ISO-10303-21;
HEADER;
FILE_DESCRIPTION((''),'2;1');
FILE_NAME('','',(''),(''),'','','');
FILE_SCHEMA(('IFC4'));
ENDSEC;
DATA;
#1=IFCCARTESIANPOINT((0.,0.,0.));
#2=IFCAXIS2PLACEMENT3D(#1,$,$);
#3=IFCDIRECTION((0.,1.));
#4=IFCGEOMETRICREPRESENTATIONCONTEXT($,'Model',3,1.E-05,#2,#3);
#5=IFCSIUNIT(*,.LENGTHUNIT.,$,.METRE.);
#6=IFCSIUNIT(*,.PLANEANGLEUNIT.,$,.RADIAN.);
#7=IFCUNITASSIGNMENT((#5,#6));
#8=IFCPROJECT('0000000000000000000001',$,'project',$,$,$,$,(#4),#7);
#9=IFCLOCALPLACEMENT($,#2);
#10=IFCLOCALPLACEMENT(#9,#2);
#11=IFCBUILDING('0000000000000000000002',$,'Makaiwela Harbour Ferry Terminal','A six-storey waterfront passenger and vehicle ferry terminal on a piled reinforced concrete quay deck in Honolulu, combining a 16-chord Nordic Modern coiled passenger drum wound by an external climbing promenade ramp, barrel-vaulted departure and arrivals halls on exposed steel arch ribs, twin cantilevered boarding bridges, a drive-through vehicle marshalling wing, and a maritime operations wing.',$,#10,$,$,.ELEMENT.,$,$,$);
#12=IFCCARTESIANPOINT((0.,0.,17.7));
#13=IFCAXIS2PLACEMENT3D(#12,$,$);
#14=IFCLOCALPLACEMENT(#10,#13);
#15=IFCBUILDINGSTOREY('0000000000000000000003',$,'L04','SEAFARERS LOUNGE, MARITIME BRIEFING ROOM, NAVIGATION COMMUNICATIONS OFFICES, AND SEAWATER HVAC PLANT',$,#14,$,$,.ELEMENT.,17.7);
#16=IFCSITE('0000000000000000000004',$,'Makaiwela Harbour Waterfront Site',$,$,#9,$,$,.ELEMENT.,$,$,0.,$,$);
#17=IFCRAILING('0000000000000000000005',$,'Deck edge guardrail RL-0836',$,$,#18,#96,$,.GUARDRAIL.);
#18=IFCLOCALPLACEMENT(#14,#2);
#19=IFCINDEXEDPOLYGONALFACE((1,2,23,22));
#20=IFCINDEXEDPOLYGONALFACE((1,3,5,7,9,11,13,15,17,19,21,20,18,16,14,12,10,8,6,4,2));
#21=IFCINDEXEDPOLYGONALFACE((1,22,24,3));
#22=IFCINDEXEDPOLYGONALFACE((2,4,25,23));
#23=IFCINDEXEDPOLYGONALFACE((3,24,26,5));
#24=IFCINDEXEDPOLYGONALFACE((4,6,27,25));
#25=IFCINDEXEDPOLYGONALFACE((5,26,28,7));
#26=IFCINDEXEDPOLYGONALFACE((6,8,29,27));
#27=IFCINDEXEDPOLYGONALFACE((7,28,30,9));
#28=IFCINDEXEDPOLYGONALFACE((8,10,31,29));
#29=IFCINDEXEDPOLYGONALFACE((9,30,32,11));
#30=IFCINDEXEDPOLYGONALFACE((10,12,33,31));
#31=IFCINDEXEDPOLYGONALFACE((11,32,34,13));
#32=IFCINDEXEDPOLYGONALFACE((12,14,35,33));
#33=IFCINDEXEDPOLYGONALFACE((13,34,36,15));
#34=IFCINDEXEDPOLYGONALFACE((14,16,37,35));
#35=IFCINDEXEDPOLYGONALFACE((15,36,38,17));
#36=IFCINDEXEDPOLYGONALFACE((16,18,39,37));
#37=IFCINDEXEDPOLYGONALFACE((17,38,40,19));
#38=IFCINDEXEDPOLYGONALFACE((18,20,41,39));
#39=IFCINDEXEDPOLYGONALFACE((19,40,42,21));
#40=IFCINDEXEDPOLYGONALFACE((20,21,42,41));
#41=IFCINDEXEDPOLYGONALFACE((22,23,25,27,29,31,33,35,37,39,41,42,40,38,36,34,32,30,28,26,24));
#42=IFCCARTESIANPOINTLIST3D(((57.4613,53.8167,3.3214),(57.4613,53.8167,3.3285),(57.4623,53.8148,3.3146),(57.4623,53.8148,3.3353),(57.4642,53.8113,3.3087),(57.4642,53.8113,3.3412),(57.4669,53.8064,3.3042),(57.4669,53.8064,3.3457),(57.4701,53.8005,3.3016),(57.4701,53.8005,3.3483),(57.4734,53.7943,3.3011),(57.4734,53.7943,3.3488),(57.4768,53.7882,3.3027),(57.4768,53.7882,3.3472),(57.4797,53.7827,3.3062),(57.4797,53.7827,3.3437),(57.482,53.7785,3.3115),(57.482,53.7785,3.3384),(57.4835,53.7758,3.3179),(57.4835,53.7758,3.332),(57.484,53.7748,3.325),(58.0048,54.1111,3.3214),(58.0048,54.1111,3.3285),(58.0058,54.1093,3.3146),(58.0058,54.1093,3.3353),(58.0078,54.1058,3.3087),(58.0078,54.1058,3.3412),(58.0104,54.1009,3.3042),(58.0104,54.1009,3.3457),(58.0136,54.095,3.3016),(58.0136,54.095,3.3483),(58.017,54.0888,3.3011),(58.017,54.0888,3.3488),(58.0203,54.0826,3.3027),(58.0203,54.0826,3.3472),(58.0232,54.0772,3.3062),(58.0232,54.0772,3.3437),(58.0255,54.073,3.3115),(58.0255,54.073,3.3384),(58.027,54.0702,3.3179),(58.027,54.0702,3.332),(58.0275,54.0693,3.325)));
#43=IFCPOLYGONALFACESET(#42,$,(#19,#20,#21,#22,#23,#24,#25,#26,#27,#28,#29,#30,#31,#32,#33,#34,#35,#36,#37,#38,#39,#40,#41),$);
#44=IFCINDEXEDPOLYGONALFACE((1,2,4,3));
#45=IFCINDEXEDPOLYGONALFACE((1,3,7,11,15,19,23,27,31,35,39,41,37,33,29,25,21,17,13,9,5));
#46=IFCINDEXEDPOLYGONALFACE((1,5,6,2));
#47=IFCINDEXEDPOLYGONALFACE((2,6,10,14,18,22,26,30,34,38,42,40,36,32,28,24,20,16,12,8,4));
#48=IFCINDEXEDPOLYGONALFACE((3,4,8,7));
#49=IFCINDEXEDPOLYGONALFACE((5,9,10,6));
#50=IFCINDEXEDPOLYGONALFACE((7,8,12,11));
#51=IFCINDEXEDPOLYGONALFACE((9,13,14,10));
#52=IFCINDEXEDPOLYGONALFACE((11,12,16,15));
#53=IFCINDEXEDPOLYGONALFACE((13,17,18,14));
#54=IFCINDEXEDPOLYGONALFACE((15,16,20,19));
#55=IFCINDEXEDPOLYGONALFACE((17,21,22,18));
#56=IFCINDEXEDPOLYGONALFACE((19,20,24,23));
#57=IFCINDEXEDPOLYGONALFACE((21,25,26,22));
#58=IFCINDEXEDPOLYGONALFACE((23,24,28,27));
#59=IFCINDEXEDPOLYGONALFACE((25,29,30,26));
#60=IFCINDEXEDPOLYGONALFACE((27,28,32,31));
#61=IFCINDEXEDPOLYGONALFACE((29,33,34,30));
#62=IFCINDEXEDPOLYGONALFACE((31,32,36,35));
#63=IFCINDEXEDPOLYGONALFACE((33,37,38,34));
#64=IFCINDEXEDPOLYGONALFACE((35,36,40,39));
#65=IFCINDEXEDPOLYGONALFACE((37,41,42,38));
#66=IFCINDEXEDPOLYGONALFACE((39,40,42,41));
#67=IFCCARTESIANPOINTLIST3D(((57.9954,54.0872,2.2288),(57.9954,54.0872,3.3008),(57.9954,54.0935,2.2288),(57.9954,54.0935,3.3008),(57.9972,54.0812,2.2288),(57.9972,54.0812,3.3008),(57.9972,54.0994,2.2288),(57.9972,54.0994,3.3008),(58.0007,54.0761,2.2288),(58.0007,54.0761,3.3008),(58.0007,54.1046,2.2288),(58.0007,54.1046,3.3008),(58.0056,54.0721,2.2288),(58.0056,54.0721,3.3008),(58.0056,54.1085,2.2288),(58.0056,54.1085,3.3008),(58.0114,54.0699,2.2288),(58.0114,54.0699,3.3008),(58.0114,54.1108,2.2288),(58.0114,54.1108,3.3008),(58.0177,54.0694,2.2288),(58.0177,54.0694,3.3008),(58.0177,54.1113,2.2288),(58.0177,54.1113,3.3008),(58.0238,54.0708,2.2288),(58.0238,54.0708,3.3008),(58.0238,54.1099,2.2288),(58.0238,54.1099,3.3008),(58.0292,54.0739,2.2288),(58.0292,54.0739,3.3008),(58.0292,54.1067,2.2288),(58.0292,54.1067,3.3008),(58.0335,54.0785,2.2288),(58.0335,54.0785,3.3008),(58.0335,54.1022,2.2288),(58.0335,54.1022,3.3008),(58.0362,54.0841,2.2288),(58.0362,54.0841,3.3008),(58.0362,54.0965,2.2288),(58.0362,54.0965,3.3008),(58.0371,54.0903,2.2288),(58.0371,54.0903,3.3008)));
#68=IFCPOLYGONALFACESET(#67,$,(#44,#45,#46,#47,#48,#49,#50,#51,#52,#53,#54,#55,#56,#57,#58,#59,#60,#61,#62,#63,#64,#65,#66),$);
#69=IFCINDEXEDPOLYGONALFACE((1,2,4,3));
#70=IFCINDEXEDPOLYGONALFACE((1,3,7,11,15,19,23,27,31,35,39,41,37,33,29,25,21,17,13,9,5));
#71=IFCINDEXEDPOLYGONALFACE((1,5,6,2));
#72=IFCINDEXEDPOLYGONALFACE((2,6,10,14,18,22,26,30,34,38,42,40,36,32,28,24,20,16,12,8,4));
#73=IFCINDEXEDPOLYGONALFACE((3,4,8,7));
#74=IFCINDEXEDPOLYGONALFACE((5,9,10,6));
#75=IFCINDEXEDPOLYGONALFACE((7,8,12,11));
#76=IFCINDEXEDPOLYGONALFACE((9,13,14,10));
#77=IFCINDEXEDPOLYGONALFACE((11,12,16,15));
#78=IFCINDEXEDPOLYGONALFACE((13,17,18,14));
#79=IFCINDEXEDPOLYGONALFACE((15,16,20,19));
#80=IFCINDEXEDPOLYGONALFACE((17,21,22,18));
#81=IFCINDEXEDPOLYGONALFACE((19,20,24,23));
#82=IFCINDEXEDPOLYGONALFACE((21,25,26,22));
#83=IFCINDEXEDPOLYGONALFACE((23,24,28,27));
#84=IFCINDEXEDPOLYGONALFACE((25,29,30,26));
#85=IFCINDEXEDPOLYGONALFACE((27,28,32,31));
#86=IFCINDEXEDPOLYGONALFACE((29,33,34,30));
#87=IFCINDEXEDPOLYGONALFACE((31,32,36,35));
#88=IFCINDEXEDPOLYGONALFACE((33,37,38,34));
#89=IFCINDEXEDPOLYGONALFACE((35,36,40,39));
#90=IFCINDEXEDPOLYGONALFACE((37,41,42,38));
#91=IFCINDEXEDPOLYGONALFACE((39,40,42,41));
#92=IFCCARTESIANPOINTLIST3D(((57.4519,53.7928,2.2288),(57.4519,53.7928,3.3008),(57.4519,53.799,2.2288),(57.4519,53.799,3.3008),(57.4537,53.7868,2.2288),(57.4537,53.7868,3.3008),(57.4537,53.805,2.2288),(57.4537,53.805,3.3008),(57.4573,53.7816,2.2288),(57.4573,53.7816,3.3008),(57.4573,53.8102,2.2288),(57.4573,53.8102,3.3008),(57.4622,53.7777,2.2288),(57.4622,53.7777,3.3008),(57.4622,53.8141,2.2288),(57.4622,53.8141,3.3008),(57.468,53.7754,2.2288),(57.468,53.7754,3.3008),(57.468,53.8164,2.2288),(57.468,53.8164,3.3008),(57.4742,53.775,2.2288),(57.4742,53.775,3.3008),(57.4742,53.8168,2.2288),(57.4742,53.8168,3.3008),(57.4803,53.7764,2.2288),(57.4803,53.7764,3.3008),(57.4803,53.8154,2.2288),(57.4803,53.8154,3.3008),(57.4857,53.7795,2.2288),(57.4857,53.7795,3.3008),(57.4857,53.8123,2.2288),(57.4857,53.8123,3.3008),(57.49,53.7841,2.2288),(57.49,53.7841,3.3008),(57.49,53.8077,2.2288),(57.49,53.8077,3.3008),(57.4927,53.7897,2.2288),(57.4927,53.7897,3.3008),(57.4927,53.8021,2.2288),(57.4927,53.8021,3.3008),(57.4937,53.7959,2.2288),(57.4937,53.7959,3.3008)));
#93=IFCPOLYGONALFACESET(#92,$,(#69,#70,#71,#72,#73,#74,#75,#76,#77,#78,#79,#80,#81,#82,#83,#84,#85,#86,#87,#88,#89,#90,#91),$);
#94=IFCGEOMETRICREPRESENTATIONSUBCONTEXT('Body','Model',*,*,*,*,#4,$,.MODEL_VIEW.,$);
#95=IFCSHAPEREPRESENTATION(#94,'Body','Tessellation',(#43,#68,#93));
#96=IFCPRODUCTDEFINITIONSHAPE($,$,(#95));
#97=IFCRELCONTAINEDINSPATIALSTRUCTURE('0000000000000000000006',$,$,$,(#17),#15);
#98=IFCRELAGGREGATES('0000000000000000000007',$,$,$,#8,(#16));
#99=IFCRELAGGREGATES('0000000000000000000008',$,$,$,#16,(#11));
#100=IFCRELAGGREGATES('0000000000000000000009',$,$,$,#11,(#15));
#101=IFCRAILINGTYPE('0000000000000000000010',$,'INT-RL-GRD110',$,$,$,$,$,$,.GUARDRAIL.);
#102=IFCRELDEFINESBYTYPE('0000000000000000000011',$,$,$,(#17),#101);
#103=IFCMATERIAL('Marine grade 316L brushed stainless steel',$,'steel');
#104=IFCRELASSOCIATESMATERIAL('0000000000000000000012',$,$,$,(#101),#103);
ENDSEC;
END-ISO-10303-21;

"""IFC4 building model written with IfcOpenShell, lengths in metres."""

from ifc_helpers import new_model, si_unit, direction, frame, origin, origin_2d, place, context, subcontext, project, spatial, circle, extrude, material, type_object, element, save


model = new_model("IFC4")

# Units and contexts
model_context = context("Model", 3, precision=1e-05, world=origin(), true_north=direction((0.0, 1.0)))
body_context = subcontext(model_context, "Body", "Model", "MODEL_VIEW")
ifc_project = project(units=[si_unit("LENGTHUNIT", "METRE"), si_unit("PLANEANGLEUNIT", "RADIAN")], contexts=[model_context])

# Site, building, storey
site_placement = place(None, origin())
site = spatial("IfcSite", under=ifc_project, at=site_placement, Name="Makaiwela Harbour Waterfront Site", CompositionType="ELEMENT", RefElevation=0.0)
building_placement = place(site_placement, origin())
building = spatial("IfcBuilding", under=site, at=building_placement, Name="Makaiwela Harbour Ferry Terminal", Description="A six-storey waterfront passenger and vehicle ferry terminal on a piled reinforced concrete quay deck in Honolulu, combining a 16-chord Nordic Modern coiled passenger drum wound by an external climbing promenade ramp, barrel-vaulted departure and arrivals halls on exposed steel arch ribs, twin cantilevered boarding bridges, a drive-through vehicle marshalling wing, and a maritime operations wing.", CompositionType="ELEMENT")
storey_placement = place(building_placement, frame((0.0, 0.0, 17.7)))
storey = spatial("IfcBuildingStorey", under=building, at=storey_placement, Name="L04", Description="SEAFARERS LOUNGE, MARITIME BRIEFING ROOM, NAVIGATION COMMUNICATIONS OFFICES, AND SEAWATER HVAC PLANT", CompositionType="ELEMENT", Elevation=17.7)

# Railing
ifc_material_1 = material(Name="Marine grade 316L brushed stainless steel", Category="steel")
railing_type_1 = type_object("IfcRailingType", Name="INT-RL-GRD110", PredefinedType="GUARDRAIL", material=ifc_material_1)
railing_1_placement = place(storey_placement, frame((58.0161, 54.0903, 2.2288)))
element("IfcRailing", 1, at=railing_1_placement, inside=storey, type_object=railing_type_1, Name="Deck edge guardrail RL-0836", PredefinedType="GUARDRAIL", context=body_context, shape_type="SweptSolid", body=[
    extrude(circle(Radius=0.0239, at=origin_2d()), frame((0.0, 0.0, 1.0962), z_axis=(-0.879251, -0.476359, 0.0), x_axis=(0.476359, -0.879251, 0.0)), (0.0, 0.0, 1.0), 0.6182),
    extrude(circle(Radius=0.021, at=origin_2d()), origin(), (0.0, 0.0, 1.0), 1.072),
    extrude(circle(Radius=0.021, at=origin_2d()), frame((-0.5435, -0.2944, 0.0)), (0.0, 0.0, 1.0), 1.072),
])

save(model, "model.ifc")
